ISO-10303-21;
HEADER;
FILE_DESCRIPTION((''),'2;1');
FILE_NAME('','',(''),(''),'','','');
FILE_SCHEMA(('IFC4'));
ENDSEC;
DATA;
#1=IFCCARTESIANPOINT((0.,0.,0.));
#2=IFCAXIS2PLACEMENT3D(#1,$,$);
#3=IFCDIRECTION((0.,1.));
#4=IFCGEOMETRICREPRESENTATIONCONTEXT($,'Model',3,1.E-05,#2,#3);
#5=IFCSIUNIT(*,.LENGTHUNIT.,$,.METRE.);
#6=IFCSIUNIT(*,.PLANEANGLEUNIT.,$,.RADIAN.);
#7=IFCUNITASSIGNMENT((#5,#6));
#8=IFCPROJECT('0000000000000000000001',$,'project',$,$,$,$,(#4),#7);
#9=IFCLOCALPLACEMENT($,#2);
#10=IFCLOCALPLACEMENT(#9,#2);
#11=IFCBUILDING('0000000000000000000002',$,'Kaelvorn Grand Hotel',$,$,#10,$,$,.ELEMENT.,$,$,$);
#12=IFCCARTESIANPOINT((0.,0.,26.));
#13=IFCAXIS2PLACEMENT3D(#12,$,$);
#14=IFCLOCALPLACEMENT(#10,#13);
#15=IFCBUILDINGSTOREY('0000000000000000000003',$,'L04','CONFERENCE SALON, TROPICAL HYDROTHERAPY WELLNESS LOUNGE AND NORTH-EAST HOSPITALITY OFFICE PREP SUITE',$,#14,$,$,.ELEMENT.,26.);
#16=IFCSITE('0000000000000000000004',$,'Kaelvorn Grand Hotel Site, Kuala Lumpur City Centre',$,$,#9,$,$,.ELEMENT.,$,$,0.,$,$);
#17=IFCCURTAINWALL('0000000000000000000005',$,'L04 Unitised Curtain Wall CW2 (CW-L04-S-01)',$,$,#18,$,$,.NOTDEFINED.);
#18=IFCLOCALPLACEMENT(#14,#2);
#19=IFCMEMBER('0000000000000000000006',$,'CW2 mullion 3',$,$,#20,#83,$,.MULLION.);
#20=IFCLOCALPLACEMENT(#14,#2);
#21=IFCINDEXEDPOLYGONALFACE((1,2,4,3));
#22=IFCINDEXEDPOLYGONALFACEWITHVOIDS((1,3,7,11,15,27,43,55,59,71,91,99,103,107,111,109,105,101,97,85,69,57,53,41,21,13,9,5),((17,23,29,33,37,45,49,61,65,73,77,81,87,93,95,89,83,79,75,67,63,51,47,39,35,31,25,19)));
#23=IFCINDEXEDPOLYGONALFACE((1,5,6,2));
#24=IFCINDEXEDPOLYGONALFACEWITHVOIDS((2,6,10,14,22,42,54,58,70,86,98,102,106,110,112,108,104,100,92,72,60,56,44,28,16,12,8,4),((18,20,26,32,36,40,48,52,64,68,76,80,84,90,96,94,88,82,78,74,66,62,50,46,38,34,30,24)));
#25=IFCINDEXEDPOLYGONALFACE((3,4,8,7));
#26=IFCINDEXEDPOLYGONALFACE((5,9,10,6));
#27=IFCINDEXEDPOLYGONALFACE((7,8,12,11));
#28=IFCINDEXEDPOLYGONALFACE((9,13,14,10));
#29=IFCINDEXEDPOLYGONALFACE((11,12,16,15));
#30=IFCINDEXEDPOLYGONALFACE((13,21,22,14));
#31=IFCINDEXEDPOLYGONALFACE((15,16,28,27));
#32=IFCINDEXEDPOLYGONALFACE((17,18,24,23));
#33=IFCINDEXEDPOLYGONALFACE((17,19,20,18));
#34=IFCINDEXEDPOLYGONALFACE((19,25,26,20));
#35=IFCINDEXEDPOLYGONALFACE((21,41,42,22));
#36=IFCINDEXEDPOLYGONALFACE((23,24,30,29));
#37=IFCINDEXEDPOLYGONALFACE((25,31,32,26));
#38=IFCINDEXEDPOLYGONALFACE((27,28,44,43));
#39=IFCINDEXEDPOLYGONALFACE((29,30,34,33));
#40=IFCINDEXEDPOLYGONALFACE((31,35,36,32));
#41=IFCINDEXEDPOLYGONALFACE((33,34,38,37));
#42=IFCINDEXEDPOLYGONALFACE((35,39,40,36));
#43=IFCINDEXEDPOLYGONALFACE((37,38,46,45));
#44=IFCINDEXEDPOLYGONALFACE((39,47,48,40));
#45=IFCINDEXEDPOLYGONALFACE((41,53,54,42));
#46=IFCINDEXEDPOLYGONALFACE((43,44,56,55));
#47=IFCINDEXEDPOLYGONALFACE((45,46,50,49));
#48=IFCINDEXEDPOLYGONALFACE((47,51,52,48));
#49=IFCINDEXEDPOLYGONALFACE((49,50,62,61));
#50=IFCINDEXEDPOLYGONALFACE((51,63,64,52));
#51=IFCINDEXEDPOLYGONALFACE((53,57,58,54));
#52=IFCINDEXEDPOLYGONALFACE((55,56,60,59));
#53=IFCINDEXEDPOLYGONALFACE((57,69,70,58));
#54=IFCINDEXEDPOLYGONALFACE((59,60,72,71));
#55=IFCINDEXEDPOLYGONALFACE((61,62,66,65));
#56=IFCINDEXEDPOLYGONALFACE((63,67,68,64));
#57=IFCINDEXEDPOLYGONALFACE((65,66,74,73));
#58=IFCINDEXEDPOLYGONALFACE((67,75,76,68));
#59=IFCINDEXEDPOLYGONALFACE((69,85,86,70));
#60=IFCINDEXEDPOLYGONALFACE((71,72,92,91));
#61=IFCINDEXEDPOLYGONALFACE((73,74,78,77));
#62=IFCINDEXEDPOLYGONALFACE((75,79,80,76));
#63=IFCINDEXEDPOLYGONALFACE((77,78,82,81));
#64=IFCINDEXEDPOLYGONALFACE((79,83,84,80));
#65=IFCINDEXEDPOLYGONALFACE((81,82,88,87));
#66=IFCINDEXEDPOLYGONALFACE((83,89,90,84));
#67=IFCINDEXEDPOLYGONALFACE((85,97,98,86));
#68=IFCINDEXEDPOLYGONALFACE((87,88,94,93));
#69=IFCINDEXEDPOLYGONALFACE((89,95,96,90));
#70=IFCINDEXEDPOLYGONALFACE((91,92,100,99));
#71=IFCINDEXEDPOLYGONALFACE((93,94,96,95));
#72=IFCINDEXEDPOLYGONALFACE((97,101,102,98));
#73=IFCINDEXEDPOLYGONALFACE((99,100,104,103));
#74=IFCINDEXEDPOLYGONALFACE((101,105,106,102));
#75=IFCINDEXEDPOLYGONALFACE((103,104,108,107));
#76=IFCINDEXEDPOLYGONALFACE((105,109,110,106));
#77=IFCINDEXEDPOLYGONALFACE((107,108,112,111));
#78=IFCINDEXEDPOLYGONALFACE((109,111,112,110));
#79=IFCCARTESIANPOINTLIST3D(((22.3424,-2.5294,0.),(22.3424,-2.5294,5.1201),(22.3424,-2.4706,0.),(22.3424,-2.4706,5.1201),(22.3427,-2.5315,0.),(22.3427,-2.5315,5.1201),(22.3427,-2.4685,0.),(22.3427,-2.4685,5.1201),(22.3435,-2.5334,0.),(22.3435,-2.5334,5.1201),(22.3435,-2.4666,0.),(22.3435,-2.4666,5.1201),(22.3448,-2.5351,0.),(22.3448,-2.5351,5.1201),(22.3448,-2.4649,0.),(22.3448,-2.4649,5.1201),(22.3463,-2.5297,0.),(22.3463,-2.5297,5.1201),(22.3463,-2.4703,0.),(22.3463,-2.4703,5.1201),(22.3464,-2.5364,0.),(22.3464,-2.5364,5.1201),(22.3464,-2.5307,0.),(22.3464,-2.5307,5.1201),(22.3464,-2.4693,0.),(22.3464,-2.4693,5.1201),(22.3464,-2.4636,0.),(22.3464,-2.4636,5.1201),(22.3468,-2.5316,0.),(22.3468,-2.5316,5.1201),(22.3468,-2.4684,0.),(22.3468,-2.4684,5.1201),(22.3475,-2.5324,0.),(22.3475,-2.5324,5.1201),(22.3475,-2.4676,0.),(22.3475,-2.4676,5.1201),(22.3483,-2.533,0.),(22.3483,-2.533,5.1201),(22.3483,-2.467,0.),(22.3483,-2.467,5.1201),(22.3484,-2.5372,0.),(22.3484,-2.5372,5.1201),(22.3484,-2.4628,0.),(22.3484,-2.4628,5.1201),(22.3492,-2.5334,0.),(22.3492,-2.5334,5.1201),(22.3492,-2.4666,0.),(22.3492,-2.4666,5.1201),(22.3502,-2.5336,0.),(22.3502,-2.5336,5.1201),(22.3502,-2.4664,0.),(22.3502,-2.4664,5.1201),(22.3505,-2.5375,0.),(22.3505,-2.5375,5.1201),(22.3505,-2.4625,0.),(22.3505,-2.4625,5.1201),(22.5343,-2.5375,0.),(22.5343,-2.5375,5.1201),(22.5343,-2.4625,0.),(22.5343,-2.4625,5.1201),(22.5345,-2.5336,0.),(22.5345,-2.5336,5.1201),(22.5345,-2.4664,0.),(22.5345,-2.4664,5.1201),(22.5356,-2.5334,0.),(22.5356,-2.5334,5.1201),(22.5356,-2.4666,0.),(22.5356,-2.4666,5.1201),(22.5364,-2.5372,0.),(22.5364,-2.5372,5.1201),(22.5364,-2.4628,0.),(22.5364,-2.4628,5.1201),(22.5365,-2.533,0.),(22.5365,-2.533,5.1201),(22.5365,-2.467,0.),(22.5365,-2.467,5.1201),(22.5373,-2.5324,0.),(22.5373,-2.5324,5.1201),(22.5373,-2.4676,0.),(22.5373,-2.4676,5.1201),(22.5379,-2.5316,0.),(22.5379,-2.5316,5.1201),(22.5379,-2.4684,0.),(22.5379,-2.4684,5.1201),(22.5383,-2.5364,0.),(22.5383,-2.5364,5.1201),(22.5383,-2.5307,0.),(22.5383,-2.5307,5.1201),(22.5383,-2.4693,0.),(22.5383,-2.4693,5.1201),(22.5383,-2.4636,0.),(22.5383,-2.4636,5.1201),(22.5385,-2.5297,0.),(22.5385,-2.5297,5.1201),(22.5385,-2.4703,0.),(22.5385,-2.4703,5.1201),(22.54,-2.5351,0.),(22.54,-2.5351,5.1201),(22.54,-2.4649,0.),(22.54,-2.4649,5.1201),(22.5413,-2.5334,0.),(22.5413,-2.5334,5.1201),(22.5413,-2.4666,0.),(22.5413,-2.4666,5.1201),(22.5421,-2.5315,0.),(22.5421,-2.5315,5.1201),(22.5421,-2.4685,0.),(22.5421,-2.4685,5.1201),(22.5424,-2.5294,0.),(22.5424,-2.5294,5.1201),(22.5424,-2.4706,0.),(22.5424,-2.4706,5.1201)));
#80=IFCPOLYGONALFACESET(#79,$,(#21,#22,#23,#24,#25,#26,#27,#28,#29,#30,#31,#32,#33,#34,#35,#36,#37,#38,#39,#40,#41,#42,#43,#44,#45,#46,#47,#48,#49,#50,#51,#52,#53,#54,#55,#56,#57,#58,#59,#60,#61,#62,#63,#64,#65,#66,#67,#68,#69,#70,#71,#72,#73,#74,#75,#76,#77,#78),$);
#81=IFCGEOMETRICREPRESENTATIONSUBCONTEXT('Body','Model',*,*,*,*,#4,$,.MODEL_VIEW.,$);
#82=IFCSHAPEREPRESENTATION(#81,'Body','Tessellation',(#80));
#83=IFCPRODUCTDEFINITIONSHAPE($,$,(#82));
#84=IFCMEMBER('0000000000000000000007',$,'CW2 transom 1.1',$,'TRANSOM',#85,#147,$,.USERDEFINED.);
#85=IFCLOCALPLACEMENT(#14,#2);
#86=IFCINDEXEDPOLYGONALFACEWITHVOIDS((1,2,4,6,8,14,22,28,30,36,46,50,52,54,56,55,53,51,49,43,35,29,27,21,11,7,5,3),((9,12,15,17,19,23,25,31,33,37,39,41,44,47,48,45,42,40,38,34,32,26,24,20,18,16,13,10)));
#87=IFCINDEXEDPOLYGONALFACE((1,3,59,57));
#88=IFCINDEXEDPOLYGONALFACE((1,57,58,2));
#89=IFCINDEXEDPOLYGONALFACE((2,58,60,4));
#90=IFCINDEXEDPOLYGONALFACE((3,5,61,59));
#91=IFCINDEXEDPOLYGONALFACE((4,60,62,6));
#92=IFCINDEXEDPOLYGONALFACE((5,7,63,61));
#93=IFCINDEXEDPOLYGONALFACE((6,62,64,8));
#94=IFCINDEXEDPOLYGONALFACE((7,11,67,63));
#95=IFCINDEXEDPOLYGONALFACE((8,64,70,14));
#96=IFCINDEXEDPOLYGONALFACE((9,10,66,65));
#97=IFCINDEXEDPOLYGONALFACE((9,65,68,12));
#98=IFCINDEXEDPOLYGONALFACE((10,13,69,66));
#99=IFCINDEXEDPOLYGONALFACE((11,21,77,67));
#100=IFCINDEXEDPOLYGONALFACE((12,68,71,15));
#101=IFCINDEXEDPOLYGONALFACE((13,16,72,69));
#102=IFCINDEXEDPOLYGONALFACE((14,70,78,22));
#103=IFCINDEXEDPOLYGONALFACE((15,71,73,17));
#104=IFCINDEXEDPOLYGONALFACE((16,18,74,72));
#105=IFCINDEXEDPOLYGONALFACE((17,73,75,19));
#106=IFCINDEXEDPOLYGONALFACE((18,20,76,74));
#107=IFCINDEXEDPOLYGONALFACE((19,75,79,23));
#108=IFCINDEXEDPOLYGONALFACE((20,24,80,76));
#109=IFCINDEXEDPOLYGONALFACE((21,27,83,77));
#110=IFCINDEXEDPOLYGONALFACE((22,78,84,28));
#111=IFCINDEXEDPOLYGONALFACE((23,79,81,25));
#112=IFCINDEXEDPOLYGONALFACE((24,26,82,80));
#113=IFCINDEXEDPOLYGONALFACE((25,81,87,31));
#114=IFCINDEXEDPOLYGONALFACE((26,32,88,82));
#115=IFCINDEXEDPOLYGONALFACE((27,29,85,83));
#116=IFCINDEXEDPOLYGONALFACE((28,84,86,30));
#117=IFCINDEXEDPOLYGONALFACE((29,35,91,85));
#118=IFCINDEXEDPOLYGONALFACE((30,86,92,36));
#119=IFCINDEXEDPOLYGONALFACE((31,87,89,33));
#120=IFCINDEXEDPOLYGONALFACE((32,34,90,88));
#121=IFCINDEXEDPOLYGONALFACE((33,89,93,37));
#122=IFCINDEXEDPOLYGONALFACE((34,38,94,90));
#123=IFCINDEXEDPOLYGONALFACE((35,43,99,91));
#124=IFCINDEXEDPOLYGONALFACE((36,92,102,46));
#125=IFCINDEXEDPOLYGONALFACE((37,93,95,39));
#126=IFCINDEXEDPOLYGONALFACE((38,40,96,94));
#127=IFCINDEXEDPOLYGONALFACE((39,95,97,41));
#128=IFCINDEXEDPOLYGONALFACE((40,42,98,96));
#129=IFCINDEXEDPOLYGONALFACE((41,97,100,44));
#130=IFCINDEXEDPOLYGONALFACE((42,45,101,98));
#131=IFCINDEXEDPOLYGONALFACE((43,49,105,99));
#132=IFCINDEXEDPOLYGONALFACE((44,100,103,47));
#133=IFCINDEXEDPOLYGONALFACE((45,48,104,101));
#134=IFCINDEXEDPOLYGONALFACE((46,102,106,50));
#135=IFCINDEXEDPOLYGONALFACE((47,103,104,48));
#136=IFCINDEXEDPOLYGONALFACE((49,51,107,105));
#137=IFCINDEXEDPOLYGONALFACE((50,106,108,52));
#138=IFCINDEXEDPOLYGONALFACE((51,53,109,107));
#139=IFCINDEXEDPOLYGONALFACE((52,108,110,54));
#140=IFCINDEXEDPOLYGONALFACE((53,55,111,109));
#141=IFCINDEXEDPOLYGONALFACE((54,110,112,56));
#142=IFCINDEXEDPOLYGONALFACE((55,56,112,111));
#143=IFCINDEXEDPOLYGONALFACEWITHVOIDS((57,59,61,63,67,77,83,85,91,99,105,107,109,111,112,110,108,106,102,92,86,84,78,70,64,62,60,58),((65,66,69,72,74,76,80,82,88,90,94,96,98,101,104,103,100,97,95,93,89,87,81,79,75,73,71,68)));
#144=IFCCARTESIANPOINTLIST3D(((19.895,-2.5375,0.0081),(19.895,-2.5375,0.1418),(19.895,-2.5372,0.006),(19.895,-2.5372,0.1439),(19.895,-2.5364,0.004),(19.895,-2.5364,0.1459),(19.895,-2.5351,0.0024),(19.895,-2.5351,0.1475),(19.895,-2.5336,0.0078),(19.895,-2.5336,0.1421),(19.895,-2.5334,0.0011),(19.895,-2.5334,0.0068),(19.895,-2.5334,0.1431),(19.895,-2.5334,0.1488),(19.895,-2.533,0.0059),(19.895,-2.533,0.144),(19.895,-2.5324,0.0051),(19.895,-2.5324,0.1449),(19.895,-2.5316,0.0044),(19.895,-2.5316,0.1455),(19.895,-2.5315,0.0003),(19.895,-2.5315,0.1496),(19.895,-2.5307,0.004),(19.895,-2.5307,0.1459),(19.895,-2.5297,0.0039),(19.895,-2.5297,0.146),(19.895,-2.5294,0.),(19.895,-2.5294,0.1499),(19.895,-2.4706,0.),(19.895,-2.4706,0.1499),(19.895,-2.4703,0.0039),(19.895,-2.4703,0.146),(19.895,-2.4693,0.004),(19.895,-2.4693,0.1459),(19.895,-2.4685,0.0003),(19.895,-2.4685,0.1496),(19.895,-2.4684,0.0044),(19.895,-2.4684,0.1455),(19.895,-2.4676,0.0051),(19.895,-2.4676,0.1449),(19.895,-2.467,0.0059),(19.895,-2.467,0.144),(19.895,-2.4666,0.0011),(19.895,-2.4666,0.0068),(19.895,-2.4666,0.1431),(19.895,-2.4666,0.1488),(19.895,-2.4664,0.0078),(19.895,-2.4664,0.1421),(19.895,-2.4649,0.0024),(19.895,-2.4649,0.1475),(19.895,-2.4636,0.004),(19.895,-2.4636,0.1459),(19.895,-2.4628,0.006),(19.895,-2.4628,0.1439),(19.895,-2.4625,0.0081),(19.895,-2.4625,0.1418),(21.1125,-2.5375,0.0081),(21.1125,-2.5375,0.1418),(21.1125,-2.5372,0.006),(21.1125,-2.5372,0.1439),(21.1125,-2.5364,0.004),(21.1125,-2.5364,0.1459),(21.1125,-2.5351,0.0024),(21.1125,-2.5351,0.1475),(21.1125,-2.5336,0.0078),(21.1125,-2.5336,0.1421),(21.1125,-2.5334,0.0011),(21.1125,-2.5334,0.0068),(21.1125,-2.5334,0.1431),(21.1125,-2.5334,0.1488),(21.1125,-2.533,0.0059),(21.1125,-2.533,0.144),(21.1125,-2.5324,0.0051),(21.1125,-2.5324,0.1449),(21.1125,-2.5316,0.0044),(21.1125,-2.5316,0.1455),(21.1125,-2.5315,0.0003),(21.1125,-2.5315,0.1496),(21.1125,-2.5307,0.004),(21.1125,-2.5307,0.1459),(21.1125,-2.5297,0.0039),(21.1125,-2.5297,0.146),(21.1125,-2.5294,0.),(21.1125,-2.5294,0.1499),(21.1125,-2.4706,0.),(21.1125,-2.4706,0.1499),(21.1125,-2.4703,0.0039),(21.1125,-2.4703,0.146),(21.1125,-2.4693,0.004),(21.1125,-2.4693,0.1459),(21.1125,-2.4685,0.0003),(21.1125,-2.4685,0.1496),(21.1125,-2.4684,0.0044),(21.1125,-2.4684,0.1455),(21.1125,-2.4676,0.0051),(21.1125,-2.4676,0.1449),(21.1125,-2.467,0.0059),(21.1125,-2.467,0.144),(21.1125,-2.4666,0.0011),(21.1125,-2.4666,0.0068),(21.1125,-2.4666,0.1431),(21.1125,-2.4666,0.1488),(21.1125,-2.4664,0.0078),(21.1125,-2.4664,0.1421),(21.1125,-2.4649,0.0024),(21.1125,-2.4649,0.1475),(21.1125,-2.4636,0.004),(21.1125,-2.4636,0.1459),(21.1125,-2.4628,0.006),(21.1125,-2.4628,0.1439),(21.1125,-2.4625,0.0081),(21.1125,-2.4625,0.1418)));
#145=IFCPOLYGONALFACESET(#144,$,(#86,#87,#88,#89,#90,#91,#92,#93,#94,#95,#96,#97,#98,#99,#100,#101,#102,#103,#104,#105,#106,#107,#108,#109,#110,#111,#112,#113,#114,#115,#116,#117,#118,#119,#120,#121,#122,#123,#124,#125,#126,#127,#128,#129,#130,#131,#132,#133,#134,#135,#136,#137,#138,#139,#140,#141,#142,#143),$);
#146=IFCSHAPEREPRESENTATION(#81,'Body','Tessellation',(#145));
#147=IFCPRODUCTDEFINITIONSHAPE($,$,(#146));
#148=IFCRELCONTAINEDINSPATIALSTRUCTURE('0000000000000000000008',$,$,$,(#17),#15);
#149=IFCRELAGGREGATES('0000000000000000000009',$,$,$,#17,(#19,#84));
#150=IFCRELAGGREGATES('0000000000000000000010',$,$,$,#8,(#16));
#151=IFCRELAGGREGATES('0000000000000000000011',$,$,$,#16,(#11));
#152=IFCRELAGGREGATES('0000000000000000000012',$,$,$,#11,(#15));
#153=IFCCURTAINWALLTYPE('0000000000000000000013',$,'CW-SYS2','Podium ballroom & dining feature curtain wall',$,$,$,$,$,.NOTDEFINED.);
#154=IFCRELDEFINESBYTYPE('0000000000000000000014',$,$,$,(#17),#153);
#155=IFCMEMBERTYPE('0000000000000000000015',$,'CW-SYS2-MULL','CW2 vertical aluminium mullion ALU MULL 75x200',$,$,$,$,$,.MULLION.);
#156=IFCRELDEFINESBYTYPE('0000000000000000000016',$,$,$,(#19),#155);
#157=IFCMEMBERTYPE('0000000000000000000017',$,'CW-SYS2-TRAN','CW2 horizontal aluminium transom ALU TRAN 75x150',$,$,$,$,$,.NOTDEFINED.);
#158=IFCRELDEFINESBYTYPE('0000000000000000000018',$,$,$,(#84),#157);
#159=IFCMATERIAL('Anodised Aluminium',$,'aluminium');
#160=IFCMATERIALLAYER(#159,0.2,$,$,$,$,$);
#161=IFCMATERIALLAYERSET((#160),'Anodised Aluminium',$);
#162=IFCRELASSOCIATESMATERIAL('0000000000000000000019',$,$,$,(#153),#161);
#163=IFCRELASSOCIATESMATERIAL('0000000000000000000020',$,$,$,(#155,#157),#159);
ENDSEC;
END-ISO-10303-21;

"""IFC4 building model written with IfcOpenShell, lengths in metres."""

from ifc_helpers import new_model, si_unit, direction, frame, origin, origin_2d, place, context, subcontext, project, spatial, hollow_rectangle, extrude, material, layer, layer_set, material_profile, profile_set, type_object, element, aggregate, save


model = new_model("IFC4")

# Units and contexts
model_context = context("Model", 3, precision=1e-05, world=origin(), true_north=direction((0.0, 1.0)))
body_context = subcontext(model_context, "Body", "Model", "MODEL_VIEW")
ifc_project = project(units=[si_unit("LENGTHUNIT", "METRE"), si_unit("PLANEANGLEUNIT", "RADIAN")], contexts=[model_context])

# Site, building, storey
site_placement = place(None, origin())
site = spatial("IfcSite", under=ifc_project, at=site_placement, Name="Kaelvorn Grand Hotel Site, Kuala Lumpur City Centre", CompositionType="ELEMENT", RefElevation=0.0)
building_placement = place(site_placement, origin())
building = spatial("IfcBuilding", under=site, at=building_placement, Name="Kaelvorn Grand Hotel", CompositionType="ELEMENT")
storey_placement = place(building_placement, frame((0.0, 0.0, 26.0)))
storey = spatial("IfcBuildingStorey", under=building, at=storey_placement, Name="L04", Description="CONFERENCE SALON, TROPICAL HYDROTHERAPY WELLNESS LOUNGE AND NORTH-EAST HOSPITALITY OFFICE PREP SUITE", CompositionType="ELEMENT", Elevation=26.0)

# Curtain wall, members
ifc_material_1 = material(Name="Anodised Aluminium", Category="aluminium")
ifc_layer_1 = layer(ifc_material_1, 0.2)
ifc_layer_set_1 = layer_set([ifc_layer_1], Name="Anodised Aluminium")
curtain_wall_type = type_object("IfcCurtainWallType", Name="CW-SYS2", Description="Podium ballroom & dining feature curtain wall", PredefinedType="NOTDEFINED", material=ifc_layer_set_1)
curtain_wall_placement = place(storey_placement, origin())
curtain_wall = element("IfcCurtainWall", 1, at=curtain_wall_placement, inside=storey, type_object=curtain_wall_type, Name="L04 Unitised Curtain Wall CW2 (CW-L04-S-01)", PredefinedType="NOTDEFINED")
ifc_material_profile_1 = material_profile(ifc_material_1, hollow_rectangle(XDim=0.075, YDim=0.2, WallThickness=0.0039, InnerFilletRadius=0.0039, OuterFilletRadius=0.0081, at=origin_2d()), Name="ALU MULL 75x200")
ifc_profile_set_1 = profile_set([ifc_material_profile_1], Name="Anodised Aluminium")
member_type_1 = type_object("IfcMemberType", Name="CW-SYS2-MULL", Description="CW2 vertical aluminium mullion ALU MULL 75x200", PredefinedType="MULLION", material=ifc_profile_set_1)
member_1_placement = place(storey_placement, frame((22.4424, -2.5, 0.0), z_axis=(0.0, 0.0, 1.0), x_axis=(0.0, 1.0, 0.0)))
member_1 = element("IfcMember", 2, at=member_1_placement, type_object=member_type_1, Name="CW2 mullion 3", PredefinedType="MULLION", context=body_context, shape_type="SweptSolid", body=[
    extrude(hollow_rectangle(XDim=0.075, YDim=0.2, WallThickness=0.0039, InnerFilletRadius=0.0039, OuterFilletRadius=0.0081, at=origin_2d()), origin(), (0.0, 0.0, 1.0), 5.1201),
])
ifc_material_profile_2 = material_profile(ifc_material_1, hollow_rectangle(XDim=0.075, YDim=0.1499, WallThickness=0.0039, InnerFilletRadius=0.0039, OuterFilletRadius=0.0081, at=origin_2d()), Name="ALU TRAN 75x150")
ifc_profile_set_2 = profile_set([ifc_material_profile_2], Name="Anodised Aluminium")
member_type_2 = type_object("IfcMemberType", Name="CW-SYS2-TRAN", Description="CW2 horizontal aluminium transom ALU TRAN 75x150", PredefinedType="NOTDEFINED", material=ifc_profile_set_2)
member_2_placement = place(storey_placement, frame((19.895, -2.5, 0.075), z_axis=(1.0, 0.0, 0.0), x_axis=(0.0, 1.0, 0.0)))
member_2 = element("IfcMember", 3, at=member_2_placement, type_object=member_type_2, Name="CW2 transom 1.1", ObjectType="TRANSOM", PredefinedType="USERDEFINED", context=body_context, shape_type="SweptSolid", body=[
    extrude(hollow_rectangle(XDim=0.075, YDim=0.1499, WallThickness=0.0039, InnerFilletRadius=0.0039, OuterFilletRadius=0.0081, at=origin_2d()), origin(), (0.0, 0.0, 1.0), 1.2175),
])
aggregate(curtain_wall, [member_1, member_2])

save(model, "model.ifc")
